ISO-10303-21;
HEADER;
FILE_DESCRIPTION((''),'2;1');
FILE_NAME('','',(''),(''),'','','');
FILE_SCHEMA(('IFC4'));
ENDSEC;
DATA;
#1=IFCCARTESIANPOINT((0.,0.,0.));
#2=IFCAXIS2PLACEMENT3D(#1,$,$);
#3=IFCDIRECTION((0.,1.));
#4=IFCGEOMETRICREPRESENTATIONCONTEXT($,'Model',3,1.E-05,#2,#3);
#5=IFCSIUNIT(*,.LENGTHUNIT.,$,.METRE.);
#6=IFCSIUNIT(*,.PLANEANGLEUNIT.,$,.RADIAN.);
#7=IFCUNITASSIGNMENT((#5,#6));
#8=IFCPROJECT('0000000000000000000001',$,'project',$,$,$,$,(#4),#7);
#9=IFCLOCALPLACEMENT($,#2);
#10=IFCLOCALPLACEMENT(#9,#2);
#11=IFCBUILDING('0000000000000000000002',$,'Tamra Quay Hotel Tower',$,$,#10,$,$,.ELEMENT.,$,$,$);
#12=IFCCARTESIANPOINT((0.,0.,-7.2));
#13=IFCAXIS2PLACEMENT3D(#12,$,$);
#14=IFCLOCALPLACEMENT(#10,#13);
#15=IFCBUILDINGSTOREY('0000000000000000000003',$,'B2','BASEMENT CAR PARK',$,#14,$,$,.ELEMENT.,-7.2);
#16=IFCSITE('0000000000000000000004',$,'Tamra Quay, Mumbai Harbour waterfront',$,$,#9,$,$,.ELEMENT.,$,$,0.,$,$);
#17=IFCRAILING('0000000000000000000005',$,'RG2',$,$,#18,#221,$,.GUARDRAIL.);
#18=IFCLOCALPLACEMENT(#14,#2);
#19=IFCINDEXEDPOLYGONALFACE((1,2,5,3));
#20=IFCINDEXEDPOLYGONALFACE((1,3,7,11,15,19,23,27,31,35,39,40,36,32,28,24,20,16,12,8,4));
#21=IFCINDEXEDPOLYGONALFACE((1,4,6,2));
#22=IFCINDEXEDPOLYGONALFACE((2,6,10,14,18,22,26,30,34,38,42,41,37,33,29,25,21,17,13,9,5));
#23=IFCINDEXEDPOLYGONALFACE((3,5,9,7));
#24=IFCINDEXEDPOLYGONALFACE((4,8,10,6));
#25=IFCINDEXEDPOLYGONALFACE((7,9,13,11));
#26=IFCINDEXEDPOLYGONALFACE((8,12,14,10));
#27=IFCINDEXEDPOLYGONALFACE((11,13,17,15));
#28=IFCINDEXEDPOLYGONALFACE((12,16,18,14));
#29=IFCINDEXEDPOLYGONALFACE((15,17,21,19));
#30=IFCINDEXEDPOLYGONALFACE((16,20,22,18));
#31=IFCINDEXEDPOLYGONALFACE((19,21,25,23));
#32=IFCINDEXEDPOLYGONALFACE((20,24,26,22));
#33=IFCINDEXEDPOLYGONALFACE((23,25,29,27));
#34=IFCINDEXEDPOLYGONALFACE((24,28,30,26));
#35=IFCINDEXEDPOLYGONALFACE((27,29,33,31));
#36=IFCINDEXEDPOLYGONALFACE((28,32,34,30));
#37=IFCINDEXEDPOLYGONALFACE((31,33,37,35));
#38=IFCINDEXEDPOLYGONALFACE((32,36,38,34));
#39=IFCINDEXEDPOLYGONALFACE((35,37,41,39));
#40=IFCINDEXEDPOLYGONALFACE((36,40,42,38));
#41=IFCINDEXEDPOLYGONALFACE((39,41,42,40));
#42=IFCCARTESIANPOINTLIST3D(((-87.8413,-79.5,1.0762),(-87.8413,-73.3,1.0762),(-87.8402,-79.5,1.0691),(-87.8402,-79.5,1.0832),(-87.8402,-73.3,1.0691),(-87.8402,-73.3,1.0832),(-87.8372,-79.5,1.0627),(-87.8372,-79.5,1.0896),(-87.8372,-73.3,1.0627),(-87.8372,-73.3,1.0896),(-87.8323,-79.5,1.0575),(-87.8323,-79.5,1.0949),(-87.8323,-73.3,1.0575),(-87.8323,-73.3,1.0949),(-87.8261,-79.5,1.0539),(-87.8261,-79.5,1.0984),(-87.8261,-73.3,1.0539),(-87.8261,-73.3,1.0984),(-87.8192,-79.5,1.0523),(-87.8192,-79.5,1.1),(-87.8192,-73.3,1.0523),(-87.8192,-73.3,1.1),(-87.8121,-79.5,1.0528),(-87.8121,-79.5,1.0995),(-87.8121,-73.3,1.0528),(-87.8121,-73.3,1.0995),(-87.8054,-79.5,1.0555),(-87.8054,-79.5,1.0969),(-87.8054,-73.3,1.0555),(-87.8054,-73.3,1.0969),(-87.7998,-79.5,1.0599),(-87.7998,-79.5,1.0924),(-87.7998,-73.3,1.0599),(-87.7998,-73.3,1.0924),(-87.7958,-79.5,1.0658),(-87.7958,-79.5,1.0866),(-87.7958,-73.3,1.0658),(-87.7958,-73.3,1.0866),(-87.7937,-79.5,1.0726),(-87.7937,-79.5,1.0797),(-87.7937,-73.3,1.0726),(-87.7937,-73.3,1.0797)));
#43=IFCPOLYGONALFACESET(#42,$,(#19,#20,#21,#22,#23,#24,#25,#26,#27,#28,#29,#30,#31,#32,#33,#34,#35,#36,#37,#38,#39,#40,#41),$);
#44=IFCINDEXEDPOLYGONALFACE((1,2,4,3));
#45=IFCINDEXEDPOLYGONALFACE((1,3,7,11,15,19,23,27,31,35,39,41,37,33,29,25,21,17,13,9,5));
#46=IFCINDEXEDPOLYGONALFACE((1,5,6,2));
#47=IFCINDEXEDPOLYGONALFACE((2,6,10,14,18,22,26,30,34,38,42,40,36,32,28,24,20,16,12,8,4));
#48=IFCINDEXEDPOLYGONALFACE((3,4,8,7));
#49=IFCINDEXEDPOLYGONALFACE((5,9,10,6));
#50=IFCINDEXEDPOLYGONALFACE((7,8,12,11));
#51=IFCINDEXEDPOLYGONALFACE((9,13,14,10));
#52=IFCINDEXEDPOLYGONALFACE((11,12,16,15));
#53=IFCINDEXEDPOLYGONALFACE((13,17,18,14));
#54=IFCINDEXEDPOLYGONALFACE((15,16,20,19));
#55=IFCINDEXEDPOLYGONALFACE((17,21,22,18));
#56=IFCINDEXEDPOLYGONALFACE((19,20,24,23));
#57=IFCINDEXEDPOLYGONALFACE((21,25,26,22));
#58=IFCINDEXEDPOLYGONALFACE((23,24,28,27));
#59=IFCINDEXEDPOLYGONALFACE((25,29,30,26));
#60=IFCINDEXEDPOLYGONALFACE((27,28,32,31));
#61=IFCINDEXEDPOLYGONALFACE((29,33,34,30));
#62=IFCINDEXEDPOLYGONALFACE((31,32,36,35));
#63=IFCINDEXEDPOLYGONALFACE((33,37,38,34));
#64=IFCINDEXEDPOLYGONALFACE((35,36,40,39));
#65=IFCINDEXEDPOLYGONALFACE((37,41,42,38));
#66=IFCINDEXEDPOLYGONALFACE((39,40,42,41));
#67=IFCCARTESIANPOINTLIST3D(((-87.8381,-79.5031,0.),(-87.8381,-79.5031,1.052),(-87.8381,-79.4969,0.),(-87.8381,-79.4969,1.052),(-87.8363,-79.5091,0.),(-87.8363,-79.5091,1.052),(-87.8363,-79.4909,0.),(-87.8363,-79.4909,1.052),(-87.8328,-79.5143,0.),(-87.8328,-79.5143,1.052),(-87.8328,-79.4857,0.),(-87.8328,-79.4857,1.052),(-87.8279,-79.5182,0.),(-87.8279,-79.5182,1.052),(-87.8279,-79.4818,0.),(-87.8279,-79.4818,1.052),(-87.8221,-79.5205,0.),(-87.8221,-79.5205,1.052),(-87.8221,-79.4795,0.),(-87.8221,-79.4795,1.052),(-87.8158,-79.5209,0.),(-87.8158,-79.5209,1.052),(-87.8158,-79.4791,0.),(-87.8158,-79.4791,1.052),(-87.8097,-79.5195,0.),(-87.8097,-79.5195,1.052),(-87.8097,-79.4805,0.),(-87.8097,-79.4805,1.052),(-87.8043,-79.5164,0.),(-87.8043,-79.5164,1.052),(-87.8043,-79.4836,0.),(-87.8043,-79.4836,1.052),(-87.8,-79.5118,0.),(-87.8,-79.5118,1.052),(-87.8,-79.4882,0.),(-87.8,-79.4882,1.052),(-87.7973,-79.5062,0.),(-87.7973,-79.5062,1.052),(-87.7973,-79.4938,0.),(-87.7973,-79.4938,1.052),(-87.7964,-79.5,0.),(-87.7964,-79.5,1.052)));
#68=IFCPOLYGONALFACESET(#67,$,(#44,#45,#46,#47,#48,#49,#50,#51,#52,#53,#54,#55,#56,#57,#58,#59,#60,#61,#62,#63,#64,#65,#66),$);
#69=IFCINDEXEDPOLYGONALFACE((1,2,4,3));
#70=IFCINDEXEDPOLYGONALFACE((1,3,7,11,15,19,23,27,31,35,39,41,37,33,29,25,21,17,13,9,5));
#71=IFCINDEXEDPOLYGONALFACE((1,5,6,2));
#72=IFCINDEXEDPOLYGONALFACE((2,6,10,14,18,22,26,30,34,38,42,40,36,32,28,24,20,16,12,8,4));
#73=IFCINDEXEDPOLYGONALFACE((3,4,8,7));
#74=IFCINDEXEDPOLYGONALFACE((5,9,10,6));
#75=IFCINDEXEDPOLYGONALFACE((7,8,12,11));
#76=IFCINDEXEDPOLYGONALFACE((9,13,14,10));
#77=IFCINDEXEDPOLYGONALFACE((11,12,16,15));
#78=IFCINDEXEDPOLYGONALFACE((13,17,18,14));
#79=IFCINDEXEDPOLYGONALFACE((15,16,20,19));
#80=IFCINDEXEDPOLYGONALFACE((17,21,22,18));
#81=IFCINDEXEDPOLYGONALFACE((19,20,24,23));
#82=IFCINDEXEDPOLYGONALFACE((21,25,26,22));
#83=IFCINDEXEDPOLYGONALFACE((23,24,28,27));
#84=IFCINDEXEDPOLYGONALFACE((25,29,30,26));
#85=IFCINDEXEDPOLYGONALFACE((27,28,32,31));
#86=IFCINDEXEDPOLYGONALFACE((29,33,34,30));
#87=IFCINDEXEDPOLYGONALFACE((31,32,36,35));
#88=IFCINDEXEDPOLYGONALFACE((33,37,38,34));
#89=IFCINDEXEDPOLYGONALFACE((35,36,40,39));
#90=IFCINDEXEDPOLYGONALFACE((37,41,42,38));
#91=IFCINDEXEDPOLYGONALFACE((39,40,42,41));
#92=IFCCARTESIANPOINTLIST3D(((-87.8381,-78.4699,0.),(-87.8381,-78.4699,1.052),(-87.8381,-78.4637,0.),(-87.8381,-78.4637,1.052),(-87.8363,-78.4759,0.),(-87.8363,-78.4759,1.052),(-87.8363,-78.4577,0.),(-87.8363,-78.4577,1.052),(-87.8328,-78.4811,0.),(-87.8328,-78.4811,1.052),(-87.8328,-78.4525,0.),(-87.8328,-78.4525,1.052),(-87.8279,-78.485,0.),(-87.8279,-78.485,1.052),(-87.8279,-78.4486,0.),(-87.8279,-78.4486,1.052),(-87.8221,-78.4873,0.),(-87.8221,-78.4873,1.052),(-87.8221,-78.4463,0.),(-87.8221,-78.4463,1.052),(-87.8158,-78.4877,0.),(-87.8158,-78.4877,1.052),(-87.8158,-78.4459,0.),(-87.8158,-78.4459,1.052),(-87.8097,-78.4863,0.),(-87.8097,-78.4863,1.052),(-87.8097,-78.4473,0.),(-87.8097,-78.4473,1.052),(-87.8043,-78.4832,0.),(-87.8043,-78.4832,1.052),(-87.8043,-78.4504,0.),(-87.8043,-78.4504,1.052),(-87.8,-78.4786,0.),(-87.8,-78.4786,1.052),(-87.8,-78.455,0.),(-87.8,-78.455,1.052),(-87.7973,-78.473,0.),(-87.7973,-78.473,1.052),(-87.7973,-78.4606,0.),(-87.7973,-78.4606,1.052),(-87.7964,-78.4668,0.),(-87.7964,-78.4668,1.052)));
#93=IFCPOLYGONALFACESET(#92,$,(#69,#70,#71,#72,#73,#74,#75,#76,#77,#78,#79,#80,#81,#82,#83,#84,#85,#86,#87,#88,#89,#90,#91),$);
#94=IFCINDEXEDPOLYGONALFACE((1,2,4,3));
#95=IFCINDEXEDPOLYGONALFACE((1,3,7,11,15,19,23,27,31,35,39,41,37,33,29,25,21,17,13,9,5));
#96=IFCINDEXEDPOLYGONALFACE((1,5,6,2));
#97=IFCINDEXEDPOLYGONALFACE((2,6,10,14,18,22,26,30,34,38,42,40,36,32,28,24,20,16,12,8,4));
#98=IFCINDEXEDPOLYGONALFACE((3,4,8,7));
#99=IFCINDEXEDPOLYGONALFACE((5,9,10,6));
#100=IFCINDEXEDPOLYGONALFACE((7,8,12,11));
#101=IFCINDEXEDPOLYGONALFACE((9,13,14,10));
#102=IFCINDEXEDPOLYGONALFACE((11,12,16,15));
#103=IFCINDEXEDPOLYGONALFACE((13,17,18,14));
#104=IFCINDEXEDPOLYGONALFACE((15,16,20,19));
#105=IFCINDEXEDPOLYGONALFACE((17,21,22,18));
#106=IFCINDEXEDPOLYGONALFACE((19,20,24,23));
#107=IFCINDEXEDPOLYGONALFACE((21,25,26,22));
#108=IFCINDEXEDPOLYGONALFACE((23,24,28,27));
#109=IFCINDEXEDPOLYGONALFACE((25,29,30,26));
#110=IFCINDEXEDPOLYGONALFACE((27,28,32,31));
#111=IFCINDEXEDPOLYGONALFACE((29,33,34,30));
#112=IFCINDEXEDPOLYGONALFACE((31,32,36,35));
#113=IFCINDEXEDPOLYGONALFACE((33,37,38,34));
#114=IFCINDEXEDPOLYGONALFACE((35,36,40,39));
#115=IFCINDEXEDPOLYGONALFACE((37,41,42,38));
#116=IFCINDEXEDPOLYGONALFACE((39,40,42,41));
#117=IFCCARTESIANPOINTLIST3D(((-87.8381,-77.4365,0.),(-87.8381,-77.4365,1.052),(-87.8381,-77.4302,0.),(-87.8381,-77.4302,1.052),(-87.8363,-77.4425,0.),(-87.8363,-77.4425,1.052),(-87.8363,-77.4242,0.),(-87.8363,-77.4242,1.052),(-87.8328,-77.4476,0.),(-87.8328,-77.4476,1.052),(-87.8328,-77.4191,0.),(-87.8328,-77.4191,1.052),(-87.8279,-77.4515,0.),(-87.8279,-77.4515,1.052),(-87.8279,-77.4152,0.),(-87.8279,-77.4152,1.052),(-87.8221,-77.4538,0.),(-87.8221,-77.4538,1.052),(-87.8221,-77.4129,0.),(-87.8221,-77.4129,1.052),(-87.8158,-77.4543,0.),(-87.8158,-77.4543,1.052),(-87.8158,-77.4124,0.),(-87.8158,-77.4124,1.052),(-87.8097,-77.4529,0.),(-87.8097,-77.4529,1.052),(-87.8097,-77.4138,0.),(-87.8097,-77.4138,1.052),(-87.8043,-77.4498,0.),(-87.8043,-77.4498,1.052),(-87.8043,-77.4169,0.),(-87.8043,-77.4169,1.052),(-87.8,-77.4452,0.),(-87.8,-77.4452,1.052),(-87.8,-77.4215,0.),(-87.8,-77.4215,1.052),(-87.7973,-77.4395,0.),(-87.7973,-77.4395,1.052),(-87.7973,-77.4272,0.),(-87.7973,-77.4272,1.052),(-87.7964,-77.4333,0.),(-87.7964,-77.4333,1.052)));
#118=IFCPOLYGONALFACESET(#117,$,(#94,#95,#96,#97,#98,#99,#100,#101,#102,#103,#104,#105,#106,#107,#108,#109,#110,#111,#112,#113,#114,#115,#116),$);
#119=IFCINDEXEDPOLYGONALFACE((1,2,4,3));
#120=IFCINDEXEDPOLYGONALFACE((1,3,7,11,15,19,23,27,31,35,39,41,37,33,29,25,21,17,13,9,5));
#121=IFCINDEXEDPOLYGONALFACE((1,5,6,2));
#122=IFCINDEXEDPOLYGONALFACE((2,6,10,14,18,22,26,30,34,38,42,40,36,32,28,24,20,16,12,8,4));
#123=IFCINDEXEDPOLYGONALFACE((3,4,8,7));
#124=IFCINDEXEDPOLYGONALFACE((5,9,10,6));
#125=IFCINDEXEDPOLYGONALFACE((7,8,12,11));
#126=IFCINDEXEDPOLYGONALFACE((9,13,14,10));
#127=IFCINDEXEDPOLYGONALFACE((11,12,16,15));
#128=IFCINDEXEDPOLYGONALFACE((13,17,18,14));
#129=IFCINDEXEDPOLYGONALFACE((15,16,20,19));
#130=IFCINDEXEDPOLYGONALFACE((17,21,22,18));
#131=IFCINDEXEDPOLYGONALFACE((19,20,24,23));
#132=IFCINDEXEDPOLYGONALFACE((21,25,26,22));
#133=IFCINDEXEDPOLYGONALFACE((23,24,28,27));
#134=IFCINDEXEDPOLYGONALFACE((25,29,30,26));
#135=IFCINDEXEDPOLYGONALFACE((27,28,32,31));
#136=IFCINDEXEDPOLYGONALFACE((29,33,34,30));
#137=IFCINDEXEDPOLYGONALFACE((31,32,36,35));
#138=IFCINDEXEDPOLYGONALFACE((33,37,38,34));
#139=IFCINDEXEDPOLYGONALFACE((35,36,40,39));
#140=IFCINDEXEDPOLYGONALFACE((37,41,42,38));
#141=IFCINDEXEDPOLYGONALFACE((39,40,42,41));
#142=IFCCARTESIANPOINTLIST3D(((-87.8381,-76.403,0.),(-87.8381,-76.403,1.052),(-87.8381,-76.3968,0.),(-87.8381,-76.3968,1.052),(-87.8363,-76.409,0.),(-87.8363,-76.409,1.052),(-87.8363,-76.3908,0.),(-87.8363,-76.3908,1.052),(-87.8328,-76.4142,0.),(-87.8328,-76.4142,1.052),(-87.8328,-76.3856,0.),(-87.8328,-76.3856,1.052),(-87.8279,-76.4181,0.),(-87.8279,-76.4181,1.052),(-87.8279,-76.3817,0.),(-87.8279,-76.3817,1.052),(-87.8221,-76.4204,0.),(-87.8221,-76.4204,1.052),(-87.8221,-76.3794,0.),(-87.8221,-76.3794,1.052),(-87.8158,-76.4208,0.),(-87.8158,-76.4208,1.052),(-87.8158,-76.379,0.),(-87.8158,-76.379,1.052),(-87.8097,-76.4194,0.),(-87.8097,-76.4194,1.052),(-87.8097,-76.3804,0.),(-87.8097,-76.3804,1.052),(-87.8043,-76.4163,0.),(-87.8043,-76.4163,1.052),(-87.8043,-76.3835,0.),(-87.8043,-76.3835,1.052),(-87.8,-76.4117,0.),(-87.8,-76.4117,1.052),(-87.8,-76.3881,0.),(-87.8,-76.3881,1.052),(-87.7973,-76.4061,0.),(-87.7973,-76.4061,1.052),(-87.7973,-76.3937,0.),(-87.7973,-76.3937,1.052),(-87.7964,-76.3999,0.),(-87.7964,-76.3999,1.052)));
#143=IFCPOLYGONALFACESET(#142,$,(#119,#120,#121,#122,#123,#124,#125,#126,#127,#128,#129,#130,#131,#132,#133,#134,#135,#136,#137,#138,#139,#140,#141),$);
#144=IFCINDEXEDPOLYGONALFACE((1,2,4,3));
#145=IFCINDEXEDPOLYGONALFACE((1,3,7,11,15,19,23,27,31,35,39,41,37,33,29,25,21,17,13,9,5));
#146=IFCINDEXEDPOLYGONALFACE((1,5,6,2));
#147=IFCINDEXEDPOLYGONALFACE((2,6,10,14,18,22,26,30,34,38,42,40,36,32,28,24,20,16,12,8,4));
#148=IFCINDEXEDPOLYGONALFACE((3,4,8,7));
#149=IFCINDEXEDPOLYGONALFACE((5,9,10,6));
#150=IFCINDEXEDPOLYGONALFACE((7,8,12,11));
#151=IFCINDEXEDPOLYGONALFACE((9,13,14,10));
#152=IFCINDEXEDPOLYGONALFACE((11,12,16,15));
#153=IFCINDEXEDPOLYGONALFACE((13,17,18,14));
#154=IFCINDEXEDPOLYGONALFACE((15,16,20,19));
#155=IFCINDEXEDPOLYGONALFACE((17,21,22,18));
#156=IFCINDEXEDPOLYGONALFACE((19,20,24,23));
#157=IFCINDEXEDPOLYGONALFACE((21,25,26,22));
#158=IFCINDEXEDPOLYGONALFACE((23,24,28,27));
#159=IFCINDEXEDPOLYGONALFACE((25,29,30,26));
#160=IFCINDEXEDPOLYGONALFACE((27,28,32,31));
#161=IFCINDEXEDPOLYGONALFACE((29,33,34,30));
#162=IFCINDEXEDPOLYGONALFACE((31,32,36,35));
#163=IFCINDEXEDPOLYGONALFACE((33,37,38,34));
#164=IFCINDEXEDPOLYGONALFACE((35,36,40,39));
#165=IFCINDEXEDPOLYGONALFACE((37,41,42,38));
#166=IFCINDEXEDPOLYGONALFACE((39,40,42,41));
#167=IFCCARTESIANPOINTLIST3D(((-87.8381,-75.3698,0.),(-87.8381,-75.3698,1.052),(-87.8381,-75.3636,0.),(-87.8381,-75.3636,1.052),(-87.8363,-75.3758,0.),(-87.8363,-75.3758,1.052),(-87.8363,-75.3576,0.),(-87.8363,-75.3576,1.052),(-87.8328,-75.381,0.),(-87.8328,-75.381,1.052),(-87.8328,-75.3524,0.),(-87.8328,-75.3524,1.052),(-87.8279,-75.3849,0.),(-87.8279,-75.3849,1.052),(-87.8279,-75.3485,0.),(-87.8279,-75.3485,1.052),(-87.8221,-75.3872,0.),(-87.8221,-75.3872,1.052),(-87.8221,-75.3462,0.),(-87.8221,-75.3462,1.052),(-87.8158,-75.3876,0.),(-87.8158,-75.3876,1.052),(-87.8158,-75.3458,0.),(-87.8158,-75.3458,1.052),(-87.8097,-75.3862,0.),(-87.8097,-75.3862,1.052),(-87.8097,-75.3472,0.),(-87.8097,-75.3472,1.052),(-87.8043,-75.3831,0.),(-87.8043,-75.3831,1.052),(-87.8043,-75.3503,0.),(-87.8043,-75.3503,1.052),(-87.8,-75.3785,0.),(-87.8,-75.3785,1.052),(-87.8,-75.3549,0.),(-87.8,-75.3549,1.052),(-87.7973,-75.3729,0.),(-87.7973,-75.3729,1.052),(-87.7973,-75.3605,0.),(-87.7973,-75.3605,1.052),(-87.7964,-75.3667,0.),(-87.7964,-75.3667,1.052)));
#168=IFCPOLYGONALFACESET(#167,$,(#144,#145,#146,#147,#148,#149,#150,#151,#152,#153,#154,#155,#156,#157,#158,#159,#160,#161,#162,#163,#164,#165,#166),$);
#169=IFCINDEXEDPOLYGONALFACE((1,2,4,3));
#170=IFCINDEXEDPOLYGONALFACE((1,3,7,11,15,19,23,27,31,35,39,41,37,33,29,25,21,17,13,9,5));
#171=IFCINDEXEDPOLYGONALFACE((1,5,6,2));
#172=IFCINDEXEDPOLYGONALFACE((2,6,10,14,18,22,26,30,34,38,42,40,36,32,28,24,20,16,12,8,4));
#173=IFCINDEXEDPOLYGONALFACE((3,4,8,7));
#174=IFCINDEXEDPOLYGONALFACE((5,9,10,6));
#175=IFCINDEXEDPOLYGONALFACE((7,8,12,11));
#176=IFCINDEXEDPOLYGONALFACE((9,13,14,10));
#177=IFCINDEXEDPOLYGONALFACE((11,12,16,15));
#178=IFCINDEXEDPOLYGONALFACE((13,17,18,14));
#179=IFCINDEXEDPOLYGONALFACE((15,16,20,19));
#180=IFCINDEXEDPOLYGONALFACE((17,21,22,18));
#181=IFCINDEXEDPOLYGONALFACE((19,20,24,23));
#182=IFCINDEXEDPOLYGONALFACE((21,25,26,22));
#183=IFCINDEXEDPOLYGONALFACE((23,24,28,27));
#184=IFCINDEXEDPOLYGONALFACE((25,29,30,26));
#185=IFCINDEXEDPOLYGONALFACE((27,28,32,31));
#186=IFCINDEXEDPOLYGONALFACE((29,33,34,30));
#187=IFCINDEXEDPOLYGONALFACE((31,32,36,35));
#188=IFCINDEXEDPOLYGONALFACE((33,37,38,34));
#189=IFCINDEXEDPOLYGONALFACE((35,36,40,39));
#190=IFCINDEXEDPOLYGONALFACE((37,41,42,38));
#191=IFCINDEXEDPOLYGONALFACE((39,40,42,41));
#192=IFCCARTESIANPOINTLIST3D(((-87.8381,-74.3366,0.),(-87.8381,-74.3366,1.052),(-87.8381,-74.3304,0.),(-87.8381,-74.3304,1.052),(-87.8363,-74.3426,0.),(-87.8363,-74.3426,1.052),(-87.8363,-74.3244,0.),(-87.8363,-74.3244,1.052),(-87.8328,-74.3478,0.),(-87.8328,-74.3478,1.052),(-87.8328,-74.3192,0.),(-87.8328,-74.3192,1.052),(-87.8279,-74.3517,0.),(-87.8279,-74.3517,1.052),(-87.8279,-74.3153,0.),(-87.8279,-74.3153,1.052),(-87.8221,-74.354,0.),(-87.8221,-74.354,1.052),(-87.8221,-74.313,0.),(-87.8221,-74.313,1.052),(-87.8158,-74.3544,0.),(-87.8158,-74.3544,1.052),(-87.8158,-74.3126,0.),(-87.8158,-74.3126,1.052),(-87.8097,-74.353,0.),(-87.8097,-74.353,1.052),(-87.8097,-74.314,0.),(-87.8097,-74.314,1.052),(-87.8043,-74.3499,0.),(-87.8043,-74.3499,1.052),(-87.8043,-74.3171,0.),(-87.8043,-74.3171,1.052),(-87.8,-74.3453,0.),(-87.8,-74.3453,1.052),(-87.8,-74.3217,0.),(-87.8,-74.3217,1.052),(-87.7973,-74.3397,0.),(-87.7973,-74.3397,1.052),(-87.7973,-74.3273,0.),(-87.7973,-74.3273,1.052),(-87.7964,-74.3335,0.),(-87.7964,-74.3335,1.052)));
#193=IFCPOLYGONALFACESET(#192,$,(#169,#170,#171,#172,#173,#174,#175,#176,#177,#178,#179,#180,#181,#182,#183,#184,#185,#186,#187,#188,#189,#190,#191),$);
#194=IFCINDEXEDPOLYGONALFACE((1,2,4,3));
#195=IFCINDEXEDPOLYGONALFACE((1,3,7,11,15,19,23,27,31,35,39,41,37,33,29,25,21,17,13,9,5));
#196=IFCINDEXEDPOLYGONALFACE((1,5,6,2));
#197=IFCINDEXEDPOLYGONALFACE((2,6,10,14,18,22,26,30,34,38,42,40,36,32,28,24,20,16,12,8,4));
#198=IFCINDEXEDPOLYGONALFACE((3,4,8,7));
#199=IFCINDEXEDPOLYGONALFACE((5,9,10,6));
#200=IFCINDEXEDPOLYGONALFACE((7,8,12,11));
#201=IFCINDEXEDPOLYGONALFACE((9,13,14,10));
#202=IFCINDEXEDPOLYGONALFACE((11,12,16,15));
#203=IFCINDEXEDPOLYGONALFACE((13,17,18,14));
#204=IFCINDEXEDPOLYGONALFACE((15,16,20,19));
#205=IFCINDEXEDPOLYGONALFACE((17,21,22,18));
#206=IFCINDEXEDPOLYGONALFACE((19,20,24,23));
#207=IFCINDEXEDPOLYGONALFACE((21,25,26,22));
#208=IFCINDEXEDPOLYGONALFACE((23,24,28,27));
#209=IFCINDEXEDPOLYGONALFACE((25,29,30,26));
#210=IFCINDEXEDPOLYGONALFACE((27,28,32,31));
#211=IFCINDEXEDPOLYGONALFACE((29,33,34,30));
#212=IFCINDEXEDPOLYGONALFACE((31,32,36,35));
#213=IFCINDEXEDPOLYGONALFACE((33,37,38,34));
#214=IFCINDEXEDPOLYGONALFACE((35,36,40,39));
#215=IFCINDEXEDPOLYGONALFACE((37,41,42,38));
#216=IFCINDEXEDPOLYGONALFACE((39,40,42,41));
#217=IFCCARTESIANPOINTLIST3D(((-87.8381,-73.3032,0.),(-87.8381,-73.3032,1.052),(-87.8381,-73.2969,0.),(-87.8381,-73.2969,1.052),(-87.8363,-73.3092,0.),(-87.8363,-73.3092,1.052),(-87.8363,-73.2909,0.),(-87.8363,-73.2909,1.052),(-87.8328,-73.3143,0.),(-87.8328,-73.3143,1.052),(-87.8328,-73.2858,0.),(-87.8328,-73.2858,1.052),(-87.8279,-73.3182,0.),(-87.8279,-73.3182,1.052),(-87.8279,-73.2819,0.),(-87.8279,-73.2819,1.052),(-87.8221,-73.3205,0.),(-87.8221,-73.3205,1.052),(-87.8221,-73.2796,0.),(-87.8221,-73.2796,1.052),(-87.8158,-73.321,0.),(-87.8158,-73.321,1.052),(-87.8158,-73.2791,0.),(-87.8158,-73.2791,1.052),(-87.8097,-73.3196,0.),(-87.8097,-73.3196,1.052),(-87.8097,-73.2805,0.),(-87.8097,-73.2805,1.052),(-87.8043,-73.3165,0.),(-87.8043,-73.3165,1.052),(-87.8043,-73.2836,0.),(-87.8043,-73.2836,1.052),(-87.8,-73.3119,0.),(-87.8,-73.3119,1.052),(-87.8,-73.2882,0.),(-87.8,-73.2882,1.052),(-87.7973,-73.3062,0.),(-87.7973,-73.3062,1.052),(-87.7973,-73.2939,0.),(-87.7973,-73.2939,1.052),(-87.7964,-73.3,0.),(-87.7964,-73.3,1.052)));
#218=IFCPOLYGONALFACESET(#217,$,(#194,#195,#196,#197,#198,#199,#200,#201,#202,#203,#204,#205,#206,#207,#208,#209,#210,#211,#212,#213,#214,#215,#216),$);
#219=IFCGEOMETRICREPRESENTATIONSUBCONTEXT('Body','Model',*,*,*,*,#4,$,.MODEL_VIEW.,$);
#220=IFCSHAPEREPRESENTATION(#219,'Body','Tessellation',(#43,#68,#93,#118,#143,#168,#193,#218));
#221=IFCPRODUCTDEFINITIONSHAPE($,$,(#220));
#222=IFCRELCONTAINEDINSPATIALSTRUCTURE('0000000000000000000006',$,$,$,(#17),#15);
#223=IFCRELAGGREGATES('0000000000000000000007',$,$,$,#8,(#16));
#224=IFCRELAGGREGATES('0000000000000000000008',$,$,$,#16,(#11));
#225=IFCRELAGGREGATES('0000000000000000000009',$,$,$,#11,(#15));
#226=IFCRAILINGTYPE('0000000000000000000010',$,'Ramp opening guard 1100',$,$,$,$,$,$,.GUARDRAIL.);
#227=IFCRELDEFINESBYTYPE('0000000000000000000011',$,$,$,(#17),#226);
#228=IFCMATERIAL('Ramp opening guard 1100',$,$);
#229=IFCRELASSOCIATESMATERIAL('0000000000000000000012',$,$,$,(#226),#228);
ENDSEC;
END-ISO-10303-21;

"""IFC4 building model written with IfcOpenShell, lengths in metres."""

from ifc_helpers import new_model, si_unit, direction, frame, origin, origin_2d, place, context, subcontext, project, spatial, circle, extrude, material, type_object, element, save


model = new_model("IFC4")

# Units and contexts
model_context = context("Model", 3, precision=1e-05, world=origin(), true_north=direction((0.0, 1.0)))
body_context = subcontext(model_context, "Body", "Model", "MODEL_VIEW")
ifc_project = project(units=[si_unit("LENGTHUNIT", "METRE"), si_unit("PLANEANGLEUNIT", "RADIAN")], contexts=[model_context])

# Site, building, storey
site_placement = place(None, origin())
site = spatial("IfcSite", under=ifc_project, at=site_placement, Name="Tamra Quay, Mumbai Harbour waterfront", CompositionType="ELEMENT", RefElevation=0.0)
building_placement = place(site_placement, origin())
building = spatial("IfcBuilding", under=site, at=building_placement, Name="Tamra Quay Hotel Tower", CompositionType="ELEMENT")
storey_placement = place(building_placement, frame((0.0, 0.0, -7.2)))
storey = spatial("IfcBuildingStorey", under=building, at=storey_placement, Name="B2", Description="BASEMENT CAR PARK", CompositionType="ELEMENT", Elevation=-7.2)

# Railing
ifc_material_1 = material(Name="Ramp opening guard 1100")
railing_type = type_object("IfcRailingType", Name="Ramp opening guard 1100", PredefinedType="GUARDRAIL", material=ifc_material_1)
railing_placement = place(storey_placement, frame((-87.8174, -79.5, 0.0)))
element("IfcRailing", 1, at=railing_placement, inside=storey, type_object=railing_type, Name="RG2", PredefinedType="GUARDRAIL", context=body_context, shape_type="SweptSolid", body=[
    extrude(circle(Radius=0.0239, at=origin_2d()), frame((0.0, 0.0, 1.0762), z_axis=(0.0, 1.0, 0.0), x_axis=(-1.0, 0.0, 0.0)), (0.0, 0.0, 1.0), 6.2),
    extrude(circle(Radius=0.021, at=origin_2d()), origin(), (0.0, 0.0, 1.0), 1.052),
    extrude(circle(Radius=0.021, at=origin_2d()), frame((0.0, 1.0332, 0.0)), (0.0, 0.0, 1.0), 1.052),
    extrude(circle(Radius=0.021, at=origin_2d()), frame((0.0, 2.0667, 0.0)), (0.0, 0.0, 1.0), 1.052),
    extrude(circle(Radius=0.021, at=origin_2d()), frame((0.0, 3.1001, 0.0)), (0.0, 0.0, 1.0), 1.052),
    extrude(circle(Radius=0.021, at=origin_2d()), frame((0.0, 4.1333, 0.0)), (0.0, 0.0, 1.0), 1.052),
    extrude(circle(Radius=0.021, at=origin_2d()), frame((0.0, 5.1665, 0.0)), (0.0, 0.0, 1.0), 1.052),
    extrude(circle(Radius=0.021, at=origin_2d()), frame((0.0, 6.2, 0.0)), (0.0, 0.0, 1.0), 1.052),
])

save(model, "model.ifc")
